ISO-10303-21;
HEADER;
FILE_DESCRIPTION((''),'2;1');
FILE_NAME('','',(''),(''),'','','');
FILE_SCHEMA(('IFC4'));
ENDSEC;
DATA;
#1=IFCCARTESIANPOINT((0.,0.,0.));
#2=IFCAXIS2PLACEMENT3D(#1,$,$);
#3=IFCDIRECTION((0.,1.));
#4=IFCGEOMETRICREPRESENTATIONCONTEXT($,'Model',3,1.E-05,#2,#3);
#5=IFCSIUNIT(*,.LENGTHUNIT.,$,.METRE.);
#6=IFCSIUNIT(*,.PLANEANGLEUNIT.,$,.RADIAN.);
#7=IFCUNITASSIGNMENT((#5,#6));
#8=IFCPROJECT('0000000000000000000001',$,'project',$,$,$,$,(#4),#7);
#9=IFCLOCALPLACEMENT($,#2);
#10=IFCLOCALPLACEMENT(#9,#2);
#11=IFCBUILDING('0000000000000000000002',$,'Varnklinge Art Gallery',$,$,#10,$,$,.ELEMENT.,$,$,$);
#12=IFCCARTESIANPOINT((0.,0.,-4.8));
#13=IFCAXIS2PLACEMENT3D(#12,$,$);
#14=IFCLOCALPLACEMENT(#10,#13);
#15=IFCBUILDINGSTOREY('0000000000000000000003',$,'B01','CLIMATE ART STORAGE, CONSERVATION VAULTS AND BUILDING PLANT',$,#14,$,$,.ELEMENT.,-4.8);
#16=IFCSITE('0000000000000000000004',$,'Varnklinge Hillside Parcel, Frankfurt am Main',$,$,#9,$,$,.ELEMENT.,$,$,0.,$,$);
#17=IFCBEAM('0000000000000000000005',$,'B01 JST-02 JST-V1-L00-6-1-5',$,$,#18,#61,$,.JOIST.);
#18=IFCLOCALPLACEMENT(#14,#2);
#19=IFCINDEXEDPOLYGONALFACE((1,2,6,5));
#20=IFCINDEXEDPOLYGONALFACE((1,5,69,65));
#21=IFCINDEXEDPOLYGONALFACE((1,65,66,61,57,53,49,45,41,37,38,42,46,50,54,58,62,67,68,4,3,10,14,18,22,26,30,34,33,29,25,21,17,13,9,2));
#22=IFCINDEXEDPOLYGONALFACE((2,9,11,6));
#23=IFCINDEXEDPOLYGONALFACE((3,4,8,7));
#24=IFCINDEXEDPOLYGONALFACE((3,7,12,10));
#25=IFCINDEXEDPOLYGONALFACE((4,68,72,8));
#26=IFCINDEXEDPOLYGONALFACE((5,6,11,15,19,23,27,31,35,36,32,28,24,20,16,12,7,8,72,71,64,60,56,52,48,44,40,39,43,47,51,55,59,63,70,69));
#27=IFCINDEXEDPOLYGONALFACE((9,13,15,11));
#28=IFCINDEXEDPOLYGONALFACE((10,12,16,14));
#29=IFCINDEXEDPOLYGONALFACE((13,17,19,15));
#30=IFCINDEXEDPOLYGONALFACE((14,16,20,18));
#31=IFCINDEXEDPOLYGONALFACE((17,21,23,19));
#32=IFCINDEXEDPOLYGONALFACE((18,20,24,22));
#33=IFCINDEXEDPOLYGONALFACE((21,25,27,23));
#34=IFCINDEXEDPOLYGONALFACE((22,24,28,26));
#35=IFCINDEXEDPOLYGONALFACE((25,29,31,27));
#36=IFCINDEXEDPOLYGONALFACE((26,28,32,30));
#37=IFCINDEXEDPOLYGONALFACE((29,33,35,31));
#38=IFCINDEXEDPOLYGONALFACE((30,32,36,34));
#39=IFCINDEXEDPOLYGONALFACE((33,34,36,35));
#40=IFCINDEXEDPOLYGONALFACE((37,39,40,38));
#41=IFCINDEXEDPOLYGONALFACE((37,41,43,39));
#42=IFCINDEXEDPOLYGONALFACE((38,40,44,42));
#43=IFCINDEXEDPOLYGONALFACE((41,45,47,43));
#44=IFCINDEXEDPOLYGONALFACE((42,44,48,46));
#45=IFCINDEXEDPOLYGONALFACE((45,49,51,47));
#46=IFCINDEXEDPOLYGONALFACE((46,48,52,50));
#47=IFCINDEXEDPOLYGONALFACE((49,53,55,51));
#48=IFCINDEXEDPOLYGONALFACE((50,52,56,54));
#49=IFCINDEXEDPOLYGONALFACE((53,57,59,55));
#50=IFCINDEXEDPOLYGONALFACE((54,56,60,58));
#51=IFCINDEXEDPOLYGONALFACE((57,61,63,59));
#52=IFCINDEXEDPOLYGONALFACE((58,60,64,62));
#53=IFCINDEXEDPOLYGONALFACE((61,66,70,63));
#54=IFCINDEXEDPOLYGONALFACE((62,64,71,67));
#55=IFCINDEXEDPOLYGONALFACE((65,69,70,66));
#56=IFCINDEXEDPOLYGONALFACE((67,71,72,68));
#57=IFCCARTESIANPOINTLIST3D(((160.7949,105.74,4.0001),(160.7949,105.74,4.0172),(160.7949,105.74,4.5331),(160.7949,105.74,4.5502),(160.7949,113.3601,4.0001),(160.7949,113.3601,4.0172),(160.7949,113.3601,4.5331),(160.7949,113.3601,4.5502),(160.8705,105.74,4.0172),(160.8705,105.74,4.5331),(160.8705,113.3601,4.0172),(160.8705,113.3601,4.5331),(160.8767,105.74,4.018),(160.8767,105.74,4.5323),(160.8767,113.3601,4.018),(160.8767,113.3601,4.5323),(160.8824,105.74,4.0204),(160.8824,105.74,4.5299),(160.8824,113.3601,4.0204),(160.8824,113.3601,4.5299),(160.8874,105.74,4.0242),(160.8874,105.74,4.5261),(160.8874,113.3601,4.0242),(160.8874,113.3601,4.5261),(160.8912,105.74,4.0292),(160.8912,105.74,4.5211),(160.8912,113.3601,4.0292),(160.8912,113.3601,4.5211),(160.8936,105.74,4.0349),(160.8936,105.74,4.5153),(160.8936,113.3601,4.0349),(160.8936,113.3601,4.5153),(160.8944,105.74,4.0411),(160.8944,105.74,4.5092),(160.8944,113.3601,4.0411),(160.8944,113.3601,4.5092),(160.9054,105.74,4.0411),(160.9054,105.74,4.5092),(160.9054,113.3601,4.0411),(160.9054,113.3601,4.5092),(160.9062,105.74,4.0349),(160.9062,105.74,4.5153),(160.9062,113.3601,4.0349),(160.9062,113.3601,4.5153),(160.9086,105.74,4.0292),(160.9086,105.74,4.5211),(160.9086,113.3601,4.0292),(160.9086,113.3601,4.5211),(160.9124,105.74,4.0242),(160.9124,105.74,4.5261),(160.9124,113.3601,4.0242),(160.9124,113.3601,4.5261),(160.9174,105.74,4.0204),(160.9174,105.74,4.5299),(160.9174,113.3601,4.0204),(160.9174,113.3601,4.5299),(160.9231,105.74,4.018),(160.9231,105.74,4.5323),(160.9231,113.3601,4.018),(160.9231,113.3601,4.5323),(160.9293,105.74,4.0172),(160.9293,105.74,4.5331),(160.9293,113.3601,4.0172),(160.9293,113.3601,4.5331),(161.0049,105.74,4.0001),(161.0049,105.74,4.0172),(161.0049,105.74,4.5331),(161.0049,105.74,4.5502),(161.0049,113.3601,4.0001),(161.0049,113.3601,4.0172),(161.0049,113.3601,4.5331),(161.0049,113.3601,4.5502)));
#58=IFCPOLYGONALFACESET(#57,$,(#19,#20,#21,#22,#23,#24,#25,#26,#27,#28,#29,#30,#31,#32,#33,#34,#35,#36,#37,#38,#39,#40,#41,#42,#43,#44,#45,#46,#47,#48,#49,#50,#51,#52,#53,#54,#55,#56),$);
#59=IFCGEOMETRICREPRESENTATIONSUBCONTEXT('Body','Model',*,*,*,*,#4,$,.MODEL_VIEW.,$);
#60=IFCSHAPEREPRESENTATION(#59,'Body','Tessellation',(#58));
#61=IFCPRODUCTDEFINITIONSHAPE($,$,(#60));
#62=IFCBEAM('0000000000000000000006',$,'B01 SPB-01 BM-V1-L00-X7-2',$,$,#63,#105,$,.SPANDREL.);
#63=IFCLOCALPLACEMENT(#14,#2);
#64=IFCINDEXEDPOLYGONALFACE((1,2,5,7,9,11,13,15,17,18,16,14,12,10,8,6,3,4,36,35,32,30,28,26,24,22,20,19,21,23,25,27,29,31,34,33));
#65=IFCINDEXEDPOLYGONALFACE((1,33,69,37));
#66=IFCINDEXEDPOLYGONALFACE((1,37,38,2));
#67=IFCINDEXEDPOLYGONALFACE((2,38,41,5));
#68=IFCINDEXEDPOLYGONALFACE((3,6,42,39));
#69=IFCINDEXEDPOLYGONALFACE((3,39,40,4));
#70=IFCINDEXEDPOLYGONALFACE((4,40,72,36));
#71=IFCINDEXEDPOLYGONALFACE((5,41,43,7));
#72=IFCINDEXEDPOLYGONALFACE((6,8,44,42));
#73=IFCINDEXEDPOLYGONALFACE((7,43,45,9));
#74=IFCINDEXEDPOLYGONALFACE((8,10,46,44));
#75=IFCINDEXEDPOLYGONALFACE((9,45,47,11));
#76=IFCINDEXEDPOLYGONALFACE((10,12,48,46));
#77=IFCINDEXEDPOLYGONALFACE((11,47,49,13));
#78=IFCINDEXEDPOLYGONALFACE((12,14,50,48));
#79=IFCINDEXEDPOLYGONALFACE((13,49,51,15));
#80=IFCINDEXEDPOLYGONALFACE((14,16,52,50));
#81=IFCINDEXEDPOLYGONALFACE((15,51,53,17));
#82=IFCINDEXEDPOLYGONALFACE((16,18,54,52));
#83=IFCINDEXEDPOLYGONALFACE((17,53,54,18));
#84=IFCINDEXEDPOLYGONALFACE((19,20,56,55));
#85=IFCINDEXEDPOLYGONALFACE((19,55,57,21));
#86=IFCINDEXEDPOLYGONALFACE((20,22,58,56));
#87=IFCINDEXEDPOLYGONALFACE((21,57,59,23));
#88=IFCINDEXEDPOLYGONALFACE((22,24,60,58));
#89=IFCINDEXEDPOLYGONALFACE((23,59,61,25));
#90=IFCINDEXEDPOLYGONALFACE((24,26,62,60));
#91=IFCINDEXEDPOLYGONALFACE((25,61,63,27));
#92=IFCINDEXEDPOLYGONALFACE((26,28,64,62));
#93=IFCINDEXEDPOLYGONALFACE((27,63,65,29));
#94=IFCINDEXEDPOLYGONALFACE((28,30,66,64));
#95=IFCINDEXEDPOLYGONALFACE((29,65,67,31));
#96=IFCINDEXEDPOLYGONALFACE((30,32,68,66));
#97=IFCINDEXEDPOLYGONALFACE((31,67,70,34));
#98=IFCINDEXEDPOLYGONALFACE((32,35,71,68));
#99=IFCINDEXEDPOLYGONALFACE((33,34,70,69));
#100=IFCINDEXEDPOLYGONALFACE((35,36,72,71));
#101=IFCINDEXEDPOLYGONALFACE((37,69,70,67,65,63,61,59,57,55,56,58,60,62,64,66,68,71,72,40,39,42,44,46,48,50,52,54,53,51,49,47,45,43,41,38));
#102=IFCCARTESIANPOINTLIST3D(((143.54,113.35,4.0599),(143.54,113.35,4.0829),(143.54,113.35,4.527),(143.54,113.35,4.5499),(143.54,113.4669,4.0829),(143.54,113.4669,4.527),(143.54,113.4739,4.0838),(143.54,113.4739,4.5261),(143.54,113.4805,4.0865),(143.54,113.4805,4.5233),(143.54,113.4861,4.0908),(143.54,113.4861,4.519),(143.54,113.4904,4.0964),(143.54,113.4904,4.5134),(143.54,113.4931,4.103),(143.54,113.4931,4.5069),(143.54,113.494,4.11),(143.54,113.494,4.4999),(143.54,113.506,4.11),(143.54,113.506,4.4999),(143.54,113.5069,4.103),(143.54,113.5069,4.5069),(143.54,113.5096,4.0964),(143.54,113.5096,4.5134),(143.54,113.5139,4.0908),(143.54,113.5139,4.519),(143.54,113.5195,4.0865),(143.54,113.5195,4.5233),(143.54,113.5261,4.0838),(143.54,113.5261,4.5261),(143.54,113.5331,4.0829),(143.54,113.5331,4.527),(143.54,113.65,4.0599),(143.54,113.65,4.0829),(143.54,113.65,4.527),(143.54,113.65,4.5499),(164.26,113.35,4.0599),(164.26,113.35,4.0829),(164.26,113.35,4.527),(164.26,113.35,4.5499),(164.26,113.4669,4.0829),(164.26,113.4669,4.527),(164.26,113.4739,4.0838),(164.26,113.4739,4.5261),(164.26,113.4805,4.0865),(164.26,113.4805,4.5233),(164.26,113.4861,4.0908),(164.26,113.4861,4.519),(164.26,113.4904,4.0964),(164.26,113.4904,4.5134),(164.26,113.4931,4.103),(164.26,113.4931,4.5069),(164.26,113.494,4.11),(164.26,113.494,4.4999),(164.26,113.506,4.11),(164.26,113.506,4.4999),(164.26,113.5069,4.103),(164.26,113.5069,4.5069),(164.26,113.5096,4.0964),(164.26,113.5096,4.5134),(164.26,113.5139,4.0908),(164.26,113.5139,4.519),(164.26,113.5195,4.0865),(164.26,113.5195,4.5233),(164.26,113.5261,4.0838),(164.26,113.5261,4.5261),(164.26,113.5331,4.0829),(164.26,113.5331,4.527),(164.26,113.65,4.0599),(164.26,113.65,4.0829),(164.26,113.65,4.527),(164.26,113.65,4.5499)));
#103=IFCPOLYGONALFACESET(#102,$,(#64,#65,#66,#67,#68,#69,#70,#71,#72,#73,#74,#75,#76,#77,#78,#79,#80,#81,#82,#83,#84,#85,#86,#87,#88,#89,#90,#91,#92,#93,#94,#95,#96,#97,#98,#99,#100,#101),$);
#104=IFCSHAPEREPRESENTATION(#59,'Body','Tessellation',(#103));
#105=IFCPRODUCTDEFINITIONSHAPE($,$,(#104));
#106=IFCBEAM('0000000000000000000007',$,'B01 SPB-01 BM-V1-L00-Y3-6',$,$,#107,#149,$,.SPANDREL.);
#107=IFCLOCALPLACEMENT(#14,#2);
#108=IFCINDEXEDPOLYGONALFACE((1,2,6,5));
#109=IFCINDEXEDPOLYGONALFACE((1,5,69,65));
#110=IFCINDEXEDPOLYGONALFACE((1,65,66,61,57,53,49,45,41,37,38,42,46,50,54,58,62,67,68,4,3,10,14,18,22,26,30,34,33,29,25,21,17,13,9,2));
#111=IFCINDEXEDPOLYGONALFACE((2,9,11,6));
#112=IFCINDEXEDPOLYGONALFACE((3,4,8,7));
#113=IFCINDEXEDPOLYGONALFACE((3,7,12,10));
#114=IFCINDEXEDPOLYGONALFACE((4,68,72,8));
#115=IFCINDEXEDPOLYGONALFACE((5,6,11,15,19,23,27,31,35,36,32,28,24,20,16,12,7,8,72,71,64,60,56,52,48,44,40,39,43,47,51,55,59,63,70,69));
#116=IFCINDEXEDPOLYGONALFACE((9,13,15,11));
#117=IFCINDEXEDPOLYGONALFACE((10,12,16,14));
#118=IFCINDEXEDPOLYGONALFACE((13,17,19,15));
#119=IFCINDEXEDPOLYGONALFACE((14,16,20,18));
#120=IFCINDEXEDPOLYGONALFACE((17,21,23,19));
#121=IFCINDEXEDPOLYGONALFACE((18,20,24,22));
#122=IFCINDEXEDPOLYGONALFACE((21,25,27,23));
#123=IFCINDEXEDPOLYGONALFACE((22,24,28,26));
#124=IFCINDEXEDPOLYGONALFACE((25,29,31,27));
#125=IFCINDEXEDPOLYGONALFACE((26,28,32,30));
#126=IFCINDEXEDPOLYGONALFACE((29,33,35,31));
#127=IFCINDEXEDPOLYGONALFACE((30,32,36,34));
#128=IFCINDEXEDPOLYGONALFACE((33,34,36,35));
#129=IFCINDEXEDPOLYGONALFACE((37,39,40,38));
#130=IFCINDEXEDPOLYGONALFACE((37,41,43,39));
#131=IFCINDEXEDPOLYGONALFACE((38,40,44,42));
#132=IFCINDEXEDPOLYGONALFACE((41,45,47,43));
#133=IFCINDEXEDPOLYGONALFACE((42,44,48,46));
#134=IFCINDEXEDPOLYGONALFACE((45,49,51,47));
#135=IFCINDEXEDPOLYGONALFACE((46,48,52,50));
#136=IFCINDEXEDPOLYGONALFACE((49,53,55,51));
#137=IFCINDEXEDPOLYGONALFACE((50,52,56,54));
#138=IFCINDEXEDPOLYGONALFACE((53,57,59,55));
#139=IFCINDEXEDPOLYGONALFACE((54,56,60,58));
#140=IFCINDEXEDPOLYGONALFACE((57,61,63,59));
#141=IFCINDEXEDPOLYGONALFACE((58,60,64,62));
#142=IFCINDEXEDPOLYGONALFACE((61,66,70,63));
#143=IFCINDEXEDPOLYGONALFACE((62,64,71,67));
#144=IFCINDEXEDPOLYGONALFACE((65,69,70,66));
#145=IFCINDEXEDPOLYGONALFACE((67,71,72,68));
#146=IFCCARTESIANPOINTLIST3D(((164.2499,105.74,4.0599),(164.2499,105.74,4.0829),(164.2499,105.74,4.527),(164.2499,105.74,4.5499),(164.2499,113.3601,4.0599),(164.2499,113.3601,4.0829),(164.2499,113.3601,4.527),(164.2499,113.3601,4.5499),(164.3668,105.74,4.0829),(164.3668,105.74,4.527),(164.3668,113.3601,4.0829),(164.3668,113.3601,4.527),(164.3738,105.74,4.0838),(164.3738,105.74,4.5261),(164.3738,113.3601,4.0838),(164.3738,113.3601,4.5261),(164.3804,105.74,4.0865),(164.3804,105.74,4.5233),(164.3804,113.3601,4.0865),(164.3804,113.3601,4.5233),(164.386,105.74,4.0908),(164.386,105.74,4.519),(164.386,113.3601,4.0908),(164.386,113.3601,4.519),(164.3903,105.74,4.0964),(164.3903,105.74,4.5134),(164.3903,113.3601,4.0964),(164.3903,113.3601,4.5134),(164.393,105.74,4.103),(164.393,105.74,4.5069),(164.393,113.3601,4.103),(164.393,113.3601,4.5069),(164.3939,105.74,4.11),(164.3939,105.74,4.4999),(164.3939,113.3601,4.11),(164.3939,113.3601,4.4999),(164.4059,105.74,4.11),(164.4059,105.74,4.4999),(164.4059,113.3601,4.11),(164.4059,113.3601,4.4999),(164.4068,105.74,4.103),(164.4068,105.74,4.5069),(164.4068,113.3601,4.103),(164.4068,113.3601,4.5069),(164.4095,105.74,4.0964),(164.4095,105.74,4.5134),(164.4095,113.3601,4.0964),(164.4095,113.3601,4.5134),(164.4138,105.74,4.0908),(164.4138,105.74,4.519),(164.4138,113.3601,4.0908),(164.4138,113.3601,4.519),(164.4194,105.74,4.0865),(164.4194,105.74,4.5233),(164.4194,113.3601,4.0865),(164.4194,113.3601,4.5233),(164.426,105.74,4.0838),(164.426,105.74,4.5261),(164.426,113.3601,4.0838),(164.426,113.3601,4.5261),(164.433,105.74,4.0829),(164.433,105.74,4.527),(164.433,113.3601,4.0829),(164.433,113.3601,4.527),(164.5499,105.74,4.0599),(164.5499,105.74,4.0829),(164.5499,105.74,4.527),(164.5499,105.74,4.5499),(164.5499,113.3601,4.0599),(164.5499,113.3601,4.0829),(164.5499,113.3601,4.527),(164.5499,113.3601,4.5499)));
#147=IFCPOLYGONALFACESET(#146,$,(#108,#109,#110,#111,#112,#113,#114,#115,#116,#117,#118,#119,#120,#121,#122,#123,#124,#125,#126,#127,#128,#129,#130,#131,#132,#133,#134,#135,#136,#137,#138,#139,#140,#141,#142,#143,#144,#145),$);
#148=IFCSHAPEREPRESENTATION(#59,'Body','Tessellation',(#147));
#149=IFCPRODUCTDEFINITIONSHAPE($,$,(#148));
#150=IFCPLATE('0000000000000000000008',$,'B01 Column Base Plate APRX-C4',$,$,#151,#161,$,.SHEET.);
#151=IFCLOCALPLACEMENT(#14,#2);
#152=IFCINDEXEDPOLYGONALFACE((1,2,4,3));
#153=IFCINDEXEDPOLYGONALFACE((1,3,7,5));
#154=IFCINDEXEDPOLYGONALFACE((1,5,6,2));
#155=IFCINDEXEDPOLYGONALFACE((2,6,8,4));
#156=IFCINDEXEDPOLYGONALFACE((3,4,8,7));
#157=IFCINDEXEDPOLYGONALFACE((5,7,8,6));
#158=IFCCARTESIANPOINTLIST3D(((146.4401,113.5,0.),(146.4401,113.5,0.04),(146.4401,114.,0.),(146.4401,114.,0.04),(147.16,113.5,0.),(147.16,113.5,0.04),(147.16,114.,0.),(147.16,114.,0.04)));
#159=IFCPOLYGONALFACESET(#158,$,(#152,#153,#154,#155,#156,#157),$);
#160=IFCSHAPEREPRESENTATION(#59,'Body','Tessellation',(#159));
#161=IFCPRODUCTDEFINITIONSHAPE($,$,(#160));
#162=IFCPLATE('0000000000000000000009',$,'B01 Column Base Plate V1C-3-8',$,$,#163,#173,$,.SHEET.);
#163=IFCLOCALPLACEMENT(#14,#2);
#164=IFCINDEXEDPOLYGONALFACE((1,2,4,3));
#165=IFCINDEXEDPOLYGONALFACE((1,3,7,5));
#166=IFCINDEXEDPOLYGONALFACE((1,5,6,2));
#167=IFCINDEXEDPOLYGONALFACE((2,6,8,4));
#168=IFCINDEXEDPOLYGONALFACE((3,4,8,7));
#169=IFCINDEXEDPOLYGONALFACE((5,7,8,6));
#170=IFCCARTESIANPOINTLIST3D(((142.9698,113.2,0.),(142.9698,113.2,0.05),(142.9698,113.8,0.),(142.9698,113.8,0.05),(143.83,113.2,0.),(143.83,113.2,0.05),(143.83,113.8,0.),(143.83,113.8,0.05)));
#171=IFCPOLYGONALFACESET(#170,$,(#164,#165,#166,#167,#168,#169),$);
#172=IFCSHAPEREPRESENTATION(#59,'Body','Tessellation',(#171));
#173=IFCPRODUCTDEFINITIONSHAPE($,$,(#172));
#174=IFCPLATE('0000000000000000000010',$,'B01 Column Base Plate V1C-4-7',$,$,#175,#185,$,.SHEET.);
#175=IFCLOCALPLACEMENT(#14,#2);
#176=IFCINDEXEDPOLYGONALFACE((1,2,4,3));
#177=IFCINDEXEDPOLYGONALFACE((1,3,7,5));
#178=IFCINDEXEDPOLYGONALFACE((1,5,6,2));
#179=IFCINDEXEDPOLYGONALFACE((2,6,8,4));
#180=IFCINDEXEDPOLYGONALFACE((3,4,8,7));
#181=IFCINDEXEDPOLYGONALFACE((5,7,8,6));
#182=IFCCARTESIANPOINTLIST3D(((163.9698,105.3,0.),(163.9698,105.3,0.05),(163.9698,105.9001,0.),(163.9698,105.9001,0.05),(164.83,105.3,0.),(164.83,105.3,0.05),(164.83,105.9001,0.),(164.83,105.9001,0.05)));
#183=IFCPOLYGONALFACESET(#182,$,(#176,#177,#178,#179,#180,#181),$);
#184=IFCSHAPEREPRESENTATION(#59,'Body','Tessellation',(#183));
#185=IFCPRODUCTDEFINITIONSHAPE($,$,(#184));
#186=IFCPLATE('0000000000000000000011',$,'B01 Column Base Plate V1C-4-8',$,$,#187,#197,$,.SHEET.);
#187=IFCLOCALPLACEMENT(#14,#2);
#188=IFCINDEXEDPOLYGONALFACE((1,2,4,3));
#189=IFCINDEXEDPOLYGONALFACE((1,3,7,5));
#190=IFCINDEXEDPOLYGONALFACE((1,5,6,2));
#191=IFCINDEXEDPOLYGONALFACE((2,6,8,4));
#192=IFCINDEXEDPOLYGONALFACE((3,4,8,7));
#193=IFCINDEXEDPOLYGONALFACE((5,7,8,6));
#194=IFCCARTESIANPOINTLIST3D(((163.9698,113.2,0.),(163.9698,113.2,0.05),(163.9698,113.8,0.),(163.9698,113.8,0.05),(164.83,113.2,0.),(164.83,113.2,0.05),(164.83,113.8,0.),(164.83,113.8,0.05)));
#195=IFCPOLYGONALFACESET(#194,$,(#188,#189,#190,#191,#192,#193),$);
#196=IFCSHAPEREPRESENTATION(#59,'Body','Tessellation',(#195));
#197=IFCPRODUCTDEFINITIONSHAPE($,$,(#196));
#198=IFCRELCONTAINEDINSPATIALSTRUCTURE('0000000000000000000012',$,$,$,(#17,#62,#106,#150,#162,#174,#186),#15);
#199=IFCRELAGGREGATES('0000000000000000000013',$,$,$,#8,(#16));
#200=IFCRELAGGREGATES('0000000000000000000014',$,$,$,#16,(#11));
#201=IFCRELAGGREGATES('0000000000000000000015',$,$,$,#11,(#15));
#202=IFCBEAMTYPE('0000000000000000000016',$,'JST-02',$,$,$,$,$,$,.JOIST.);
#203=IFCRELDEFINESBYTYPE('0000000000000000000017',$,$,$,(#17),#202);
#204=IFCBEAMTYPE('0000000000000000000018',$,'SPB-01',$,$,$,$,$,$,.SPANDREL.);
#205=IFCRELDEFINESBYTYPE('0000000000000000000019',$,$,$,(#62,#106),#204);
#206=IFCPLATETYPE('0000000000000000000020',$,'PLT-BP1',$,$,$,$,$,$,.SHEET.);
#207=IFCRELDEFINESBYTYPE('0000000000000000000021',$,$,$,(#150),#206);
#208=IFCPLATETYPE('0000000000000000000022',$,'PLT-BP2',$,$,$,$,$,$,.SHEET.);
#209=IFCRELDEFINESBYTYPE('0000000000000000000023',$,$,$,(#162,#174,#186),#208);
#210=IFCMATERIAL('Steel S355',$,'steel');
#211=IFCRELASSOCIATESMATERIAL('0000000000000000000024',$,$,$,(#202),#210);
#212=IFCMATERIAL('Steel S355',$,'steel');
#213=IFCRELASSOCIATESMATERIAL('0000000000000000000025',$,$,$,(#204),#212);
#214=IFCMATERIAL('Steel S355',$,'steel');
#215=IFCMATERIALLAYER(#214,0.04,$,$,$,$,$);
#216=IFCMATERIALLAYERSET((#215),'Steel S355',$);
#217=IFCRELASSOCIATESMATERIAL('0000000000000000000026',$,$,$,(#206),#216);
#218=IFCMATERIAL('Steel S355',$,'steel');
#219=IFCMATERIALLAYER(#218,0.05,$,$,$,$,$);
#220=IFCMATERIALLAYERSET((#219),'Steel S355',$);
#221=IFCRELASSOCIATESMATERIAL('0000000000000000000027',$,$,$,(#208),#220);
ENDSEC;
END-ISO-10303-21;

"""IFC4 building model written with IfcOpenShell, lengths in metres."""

from ifc_helpers import new_model, si_unit, direction, frame, origin, origin_2d, place, context, subcontext, project, spatial, rectangle, i_section, extrude, material, layer, layer_set, material_profile, profile_set, type_object, element, save


model = new_model("IFC4")

# Units and contexts
model_context = context("Model", 3, precision=1e-05, world=origin(), true_north=direction((0.0, 1.0)))
body_context = subcontext(model_context, "Body", "Model", "MODEL_VIEW")
ifc_project = project(units=[si_unit("LENGTHUNIT", "METRE"), si_unit("PLANEANGLEUNIT", "RADIAN")], contexts=[model_context])

# Site, building, storey
site_placement = place(None, origin())
site = spatial("IfcSite", under=ifc_project, at=site_placement, Name="Varnklinge Hillside Parcel, Frankfurt am Main", CompositionType="ELEMENT", RefElevation=0.0)
building_placement = place(site_placement, origin())
building = spatial("IfcBuilding", under=site, at=building_placement, Name="Varnklinge Art Gallery", CompositionType="ELEMENT")
storey_placement = place(building_placement, frame((0.0, 0.0, -4.8)))
storey = spatial("IfcBuildingStorey", under=building, at=storey_placement, Name="B01", Description="CLIMATE ART STORAGE, CONSERVATION VAULTS AND BUILDING PLANT", CompositionType="ELEMENT", Elevation=-4.8)

# Beams
ifc_material_1 = material(Name="Steel S355", Category="steel")
ifc_material_profile_1 = material_profile(ifc_material_1, i_section(OverallWidth=0.21, OverallDepth=0.55, WebThickness=0.011, FlangeThickness=0.0171, FilletRadius=0.0239, at=origin_2d()), Name="IPE 550")
ifc_profile_set_1 = profile_set([ifc_material_profile_1], Name="Steel S355")
beam_type_1 = type_object("IfcBeamType", Name="JST-02", PredefinedType="JOIST", material=ifc_profile_set_1)
for number, where, z_axis, x_axis, name in (
    (1, (160.8999, 105.74, 4.2751), (0.0, 1.0, 0.0), (-1.0, 0.0, 0.0), "B01 JST-02 JST-V1-L00-6-1-5"),
):
    element("IfcBeam", number, at=place(storey_placement, frame(where, z_axis=z_axis, x_axis=x_axis)), inside=storey, type_object=beam_type_1, Name=name, PredefinedType="JOIST", context=body_context, shape_type="SweptSolid", body=[
        extrude(i_section(OverallWidth=0.21, OverallDepth=0.55, WebThickness=0.011, FlangeThickness=0.0171, FilletRadius=0.0239, at=origin_2d()), origin(), (0.0, 0.0, 1.0), 7.6201),
    ])
ifc_material_2 = material(Name="Steel S355", Category="steel")
ifc_material_profile_2 = material_profile(ifc_material_2, i_section(OverallWidth=0.3, OverallDepth=0.49, WebThickness=0.012, FlangeThickness=0.0229, FilletRadius=0.0271, at=origin_2d()), Name="HEA 500")
ifc_profile_set_2 = profile_set([ifc_material_profile_2], Name="Steel S355")
beam_type_2 = type_object("IfcBeamType", Name="SPB-01", PredefinedType="SPANDREL", material=ifc_profile_set_2)
beam_1_placement = place(storey_placement, frame((143.54, 113.5, 4.3049), z_axis=(1.0, 0.0, 0.0), x_axis=(0.0, 1.0, 0.0)))
element("IfcBeam", 2, at=beam_1_placement, inside=storey, type_object=beam_type_2, Name="B01 SPB-01 BM-V1-L00-X7-2", PredefinedType="SPANDREL", context=body_context, shape_type="SweptSolid", body=[
    extrude(i_section(OverallWidth=0.3, OverallDepth=0.49, WebThickness=0.012, FlangeThickness=0.0229, FilletRadius=0.0271, at=origin_2d()), origin(), (0.0, 0.0, 1.0), 20.72),
])
beam_2_placement = place(storey_placement, frame((164.3999, 105.74, 4.3049), z_axis=(0.0, 1.0, 0.0), x_axis=(-1.0, 0.0, 0.0)))
element("IfcBeam", 3, at=beam_2_placement, inside=storey, type_object=beam_type_2, Name="B01 SPB-01 BM-V1-L00-Y3-6", PredefinedType="SPANDREL", context=body_context, shape_type="SweptSolid", body=[
    extrude(i_section(OverallWidth=0.3, OverallDepth=0.49, WebThickness=0.012, FlangeThickness=0.0229, FilletRadius=0.0271, at=origin_2d()), origin(), (0.0, 0.0, 1.0), 7.6201),
])

# Plates
ifc_material_3 = material(Name="Steel S355", Category="steel")
ifc_layer_1 = layer(ifc_material_3, 0.04)
ifc_layer_set_1 = layer_set([ifc_layer_1], Name="Steel S355")
plate_type_1 = type_object("IfcPlateType", Name="PLT-BP1", PredefinedType="SHEET", material=ifc_layer_set_1)
plate_placement = place(storey_placement, frame((146.8, 113.75, 0.0), z_axis=(0.0, 0.0, 1.0), x_axis=(1.0, 0.0, 0.0)))
element("IfcPlate", 4, at=plate_placement, inside=storey, type_object=plate_type_1, Name="B01 Column Base Plate APRX-C4", PredefinedType="SHEET", context=body_context, shape_type="SweptSolid", body=[
    extrude(rectangle(XDim=0.72, YDim=0.5, at=origin_2d()), origin(), (0.0, 0.0, 1.0), 0.04),
])
ifc_material_4 = material(Name="Steel S355", Category="steel")
ifc_layer_2 = layer(ifc_material_4, 0.05)
ifc_layer_set_2 = layer_set([ifc_layer_2], Name="Steel S355")
plate_type_2 = type_object("IfcPlateType", Name="PLT-BP2", PredefinedType="SHEET", material=ifc_layer_set_2)
for number, where, z_axis, x_axis, name in (
    (5, (143.3999, 113.5, 0.0), (0.0, 0.0, 1.0), (1.0, 0.0, 0.0), "B01 Column Base Plate V1C-3-8"),
    (6, (164.3999, 105.6001, 0.0), (0.0, 0.0, 1.0), (1.0, 0.0, 0.0), "B01 Column Base Plate V1C-4-7"),
    (7, (164.3999, 113.5, 0.0), (0.0, 0.0, 1.0), (1.0, 0.0, 0.0), "B01 Column Base Plate V1C-4-8"),
):
    element("IfcPlate", number, at=place(storey_placement, frame(where, z_axis=z_axis, x_axis=x_axis)), inside=storey, type_object=plate_type_2, Name=name, PredefinedType="SHEET", context=body_context, shape_type="SweptSolid", body=[
        extrude(rectangle(XDim=0.8601, YDim=0.6001, at=origin_2d()), origin(), (0.0, 0.0, 1.0), 0.05),
    ])

save(model, "model.ifc")
